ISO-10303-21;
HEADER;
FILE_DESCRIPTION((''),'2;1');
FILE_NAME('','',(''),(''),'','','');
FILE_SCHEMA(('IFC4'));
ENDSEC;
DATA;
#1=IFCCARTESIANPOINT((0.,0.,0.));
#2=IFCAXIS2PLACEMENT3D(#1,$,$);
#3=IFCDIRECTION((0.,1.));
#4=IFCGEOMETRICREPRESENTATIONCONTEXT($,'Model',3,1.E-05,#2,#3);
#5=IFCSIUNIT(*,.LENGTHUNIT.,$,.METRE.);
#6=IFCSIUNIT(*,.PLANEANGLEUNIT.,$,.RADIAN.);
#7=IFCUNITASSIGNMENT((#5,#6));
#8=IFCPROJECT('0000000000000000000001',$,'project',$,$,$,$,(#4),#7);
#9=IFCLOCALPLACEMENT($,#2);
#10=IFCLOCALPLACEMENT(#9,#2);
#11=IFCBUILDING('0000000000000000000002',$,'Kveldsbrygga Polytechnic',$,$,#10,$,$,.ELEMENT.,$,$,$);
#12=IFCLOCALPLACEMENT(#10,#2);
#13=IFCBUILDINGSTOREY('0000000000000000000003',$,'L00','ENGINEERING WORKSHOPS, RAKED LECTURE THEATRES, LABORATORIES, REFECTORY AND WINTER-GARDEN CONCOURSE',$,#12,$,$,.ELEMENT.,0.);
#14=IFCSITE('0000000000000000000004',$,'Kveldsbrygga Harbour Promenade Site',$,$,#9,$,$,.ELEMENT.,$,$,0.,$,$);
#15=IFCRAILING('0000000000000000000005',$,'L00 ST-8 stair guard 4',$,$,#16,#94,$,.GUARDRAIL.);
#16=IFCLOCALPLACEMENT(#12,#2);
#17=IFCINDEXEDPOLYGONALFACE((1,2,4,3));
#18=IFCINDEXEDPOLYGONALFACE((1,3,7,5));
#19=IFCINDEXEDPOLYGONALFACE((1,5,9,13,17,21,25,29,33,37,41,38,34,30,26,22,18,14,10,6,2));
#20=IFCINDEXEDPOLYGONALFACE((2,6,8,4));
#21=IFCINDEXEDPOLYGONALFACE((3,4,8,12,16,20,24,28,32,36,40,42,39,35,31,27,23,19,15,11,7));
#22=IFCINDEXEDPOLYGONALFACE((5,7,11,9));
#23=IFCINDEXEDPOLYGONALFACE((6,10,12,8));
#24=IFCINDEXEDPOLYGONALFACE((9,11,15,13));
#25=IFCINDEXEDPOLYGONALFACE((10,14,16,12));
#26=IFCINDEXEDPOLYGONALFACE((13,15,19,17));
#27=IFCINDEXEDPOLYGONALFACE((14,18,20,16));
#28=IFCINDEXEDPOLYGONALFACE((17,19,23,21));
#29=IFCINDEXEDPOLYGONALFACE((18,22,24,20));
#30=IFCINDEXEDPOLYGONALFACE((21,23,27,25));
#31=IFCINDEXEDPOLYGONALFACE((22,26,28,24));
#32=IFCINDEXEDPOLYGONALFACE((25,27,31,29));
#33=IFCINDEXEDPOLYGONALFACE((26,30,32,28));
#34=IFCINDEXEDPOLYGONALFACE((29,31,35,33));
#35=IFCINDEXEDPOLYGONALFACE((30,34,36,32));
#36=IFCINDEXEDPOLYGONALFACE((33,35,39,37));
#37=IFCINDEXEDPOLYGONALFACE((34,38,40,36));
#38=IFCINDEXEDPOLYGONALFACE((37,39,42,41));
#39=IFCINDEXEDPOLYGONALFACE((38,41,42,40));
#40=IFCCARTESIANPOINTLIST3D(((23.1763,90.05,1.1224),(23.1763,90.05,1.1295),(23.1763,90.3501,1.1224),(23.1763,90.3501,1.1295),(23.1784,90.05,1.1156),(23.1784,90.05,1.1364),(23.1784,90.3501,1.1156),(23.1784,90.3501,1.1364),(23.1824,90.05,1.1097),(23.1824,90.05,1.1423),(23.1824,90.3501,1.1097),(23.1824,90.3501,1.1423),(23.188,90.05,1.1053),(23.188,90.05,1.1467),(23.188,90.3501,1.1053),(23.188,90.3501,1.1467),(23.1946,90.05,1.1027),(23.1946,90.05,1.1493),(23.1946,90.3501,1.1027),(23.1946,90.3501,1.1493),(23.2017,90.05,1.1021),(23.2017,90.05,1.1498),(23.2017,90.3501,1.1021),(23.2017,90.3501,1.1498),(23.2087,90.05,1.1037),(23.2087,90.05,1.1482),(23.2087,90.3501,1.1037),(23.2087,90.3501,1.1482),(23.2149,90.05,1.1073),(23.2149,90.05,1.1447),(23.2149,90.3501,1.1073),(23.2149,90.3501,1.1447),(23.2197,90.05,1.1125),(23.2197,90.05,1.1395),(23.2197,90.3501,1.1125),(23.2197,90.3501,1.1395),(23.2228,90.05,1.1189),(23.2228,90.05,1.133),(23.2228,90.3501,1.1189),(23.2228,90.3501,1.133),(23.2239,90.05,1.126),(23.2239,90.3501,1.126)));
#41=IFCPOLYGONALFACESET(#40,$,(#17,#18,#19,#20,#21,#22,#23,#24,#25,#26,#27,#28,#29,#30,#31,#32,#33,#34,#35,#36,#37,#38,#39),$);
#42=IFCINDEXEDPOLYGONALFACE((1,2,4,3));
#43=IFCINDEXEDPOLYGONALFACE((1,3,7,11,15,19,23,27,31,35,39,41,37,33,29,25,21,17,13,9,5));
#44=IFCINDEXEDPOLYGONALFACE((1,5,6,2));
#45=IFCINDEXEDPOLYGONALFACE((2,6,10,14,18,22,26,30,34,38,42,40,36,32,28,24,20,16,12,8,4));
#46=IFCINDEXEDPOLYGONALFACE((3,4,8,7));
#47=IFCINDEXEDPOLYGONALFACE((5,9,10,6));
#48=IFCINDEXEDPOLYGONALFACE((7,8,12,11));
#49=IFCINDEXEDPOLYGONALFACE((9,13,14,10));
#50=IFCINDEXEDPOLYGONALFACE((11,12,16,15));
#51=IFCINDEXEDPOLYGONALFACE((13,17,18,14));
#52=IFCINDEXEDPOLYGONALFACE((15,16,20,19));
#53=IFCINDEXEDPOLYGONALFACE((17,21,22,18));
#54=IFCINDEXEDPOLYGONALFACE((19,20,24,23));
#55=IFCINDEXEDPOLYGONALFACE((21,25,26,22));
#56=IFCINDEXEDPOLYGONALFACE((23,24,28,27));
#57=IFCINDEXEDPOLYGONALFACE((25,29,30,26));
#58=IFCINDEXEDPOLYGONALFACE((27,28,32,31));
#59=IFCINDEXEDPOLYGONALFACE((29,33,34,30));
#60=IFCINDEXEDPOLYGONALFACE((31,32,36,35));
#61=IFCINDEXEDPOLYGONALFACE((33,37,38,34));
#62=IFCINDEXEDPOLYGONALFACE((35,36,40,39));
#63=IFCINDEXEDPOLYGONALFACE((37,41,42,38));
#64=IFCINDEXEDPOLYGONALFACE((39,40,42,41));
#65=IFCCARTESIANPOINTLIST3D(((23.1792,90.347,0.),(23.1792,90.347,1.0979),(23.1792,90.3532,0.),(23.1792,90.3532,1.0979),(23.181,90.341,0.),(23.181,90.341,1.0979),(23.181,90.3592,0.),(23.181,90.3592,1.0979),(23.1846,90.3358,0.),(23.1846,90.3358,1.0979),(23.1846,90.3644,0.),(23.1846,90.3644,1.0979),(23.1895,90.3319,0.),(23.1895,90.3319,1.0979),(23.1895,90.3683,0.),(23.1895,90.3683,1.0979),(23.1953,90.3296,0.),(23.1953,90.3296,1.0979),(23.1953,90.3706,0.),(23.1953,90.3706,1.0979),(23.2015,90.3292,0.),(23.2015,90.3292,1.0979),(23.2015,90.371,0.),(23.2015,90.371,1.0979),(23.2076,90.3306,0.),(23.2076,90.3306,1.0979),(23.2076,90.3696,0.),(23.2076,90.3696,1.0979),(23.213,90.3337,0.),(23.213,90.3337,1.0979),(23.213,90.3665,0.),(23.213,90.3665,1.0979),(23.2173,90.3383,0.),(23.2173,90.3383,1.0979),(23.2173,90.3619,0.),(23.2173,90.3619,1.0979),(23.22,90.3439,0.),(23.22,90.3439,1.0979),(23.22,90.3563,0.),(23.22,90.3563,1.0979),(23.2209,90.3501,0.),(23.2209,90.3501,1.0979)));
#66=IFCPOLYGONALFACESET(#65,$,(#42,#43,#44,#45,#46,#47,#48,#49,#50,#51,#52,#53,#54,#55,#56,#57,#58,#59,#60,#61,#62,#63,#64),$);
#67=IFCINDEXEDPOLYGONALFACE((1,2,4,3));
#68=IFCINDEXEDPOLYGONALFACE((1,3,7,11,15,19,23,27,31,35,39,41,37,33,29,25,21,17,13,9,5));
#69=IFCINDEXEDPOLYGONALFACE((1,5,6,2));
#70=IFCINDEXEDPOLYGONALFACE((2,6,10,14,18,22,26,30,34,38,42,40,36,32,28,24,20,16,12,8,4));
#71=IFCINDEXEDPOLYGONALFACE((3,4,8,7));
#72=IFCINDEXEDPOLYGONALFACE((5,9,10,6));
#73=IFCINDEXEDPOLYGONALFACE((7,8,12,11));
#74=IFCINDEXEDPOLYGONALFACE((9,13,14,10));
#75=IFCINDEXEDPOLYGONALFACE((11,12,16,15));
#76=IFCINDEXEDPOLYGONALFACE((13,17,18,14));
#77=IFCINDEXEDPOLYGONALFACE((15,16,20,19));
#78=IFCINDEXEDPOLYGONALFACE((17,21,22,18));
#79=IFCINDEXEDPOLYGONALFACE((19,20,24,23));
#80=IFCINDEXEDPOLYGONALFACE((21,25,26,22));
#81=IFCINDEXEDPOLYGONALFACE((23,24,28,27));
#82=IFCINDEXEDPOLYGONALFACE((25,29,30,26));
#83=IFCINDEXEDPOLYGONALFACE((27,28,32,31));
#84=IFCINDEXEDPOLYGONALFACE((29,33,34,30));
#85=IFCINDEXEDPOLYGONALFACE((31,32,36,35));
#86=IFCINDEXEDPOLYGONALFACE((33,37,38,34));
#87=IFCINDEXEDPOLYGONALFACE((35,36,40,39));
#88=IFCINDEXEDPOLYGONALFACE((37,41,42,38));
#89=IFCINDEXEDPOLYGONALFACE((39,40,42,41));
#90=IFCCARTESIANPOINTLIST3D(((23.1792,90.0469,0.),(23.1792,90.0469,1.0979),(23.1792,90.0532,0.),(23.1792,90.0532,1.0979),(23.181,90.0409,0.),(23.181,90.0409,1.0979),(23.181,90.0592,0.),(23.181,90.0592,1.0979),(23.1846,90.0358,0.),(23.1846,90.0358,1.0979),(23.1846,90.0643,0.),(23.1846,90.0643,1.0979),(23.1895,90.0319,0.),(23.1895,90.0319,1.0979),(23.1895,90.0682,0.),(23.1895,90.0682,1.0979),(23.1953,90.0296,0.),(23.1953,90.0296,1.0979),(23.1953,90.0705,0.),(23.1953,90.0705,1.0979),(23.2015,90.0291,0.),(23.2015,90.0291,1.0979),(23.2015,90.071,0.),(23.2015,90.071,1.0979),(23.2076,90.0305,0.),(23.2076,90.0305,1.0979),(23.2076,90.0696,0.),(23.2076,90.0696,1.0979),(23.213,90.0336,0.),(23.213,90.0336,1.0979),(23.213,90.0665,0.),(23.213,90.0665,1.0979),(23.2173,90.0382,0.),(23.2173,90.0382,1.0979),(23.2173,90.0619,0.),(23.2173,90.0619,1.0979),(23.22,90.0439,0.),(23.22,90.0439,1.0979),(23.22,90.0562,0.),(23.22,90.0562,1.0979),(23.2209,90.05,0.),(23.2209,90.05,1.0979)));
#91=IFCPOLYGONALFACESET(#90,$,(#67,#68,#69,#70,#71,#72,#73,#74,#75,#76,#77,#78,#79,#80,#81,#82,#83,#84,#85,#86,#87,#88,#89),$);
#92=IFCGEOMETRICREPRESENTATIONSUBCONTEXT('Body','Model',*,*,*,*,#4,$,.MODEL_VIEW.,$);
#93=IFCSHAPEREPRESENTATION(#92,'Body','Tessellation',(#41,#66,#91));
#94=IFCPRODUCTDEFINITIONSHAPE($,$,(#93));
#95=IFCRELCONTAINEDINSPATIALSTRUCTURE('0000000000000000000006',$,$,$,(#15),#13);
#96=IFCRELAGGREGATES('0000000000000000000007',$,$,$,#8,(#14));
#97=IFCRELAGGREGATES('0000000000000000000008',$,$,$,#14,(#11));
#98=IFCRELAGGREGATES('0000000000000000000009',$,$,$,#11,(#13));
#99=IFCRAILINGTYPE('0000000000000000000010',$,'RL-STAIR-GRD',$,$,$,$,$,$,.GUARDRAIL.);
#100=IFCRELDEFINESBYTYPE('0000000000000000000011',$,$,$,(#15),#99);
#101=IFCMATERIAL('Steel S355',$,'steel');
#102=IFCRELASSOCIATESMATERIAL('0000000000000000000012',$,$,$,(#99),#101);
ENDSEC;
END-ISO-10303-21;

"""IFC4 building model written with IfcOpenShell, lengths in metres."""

from ifc_helpers import new_model, si_unit, direction, frame, origin, origin_2d, place, context, subcontext, project, spatial, circle, extrude, material, type_object, element, save


model = new_model("IFC4")

# Units and contexts
model_context = context("Model", 3, precision=1e-05, world=origin(), true_north=direction((0.0, 1.0)))
body_context = subcontext(model_context, "Body", "Model", "MODEL_VIEW")
ifc_project = project(units=[si_unit("LENGTHUNIT", "METRE"), si_unit("PLANEANGLEUNIT", "RADIAN")], contexts=[model_context])

# Site, building, storey
site_placement = place(None, origin())
site = spatial("IfcSite", under=ifc_project, at=site_placement, Name="Kveldsbrygga Harbour Promenade Site", CompositionType="ELEMENT", RefElevation=0.0)
building_placement = place(site_placement, origin())
building = spatial("IfcBuilding", under=site, at=building_placement, Name="Kveldsbrygga Polytechnic", CompositionType="ELEMENT")
storey_placement = place(building_placement, origin())
storey = spatial("IfcBuildingStorey", under=building, at=storey_placement, Name="L00", Description="ENGINEERING WORKSHOPS, RAKED LECTURE THEATRES, LABORATORIES, REFECTORY AND WINTER-GARDEN CONCOURSE", CompositionType="ELEMENT", Elevation=0.0)

# Shared definitions
ifc_material_1 = material(Name="Steel S355", Category="steel")

# Railing
railing_type_1 = type_object("IfcRailingType", Name="RL-STAIR-GRD", PredefinedType="GUARDRAIL", material=ifc_material_1)
railing_1_placement = place(storey_placement, frame((23.2, 90.3501, 0.0)))
element("IfcRailing", 1, at=railing_1_placement, inside=storey, type_object=railing_type_1, Name="L00 ST-8 stair guard 4", PredefinedType="GUARDRAIL", context=body_context, shape_type="SweptSolid", body=[
    extrude(circle(Radius=0.0239, at=origin_2d()), frame((0.0, 0.0, 1.126), z_axis=(0.0, -1.0, 0.0), x_axis=(1.0, 0.0, 0.0)), (0.0, 0.0, 1.0), 0.3),
    extrude(circle(Radius=0.021, at=origin_2d()), origin(), (0.0, 0.0, 1.0), 1.0979),
    extrude(circle(Radius=0.021, at=origin_2d()), frame((0.0, -0.3, 0.0)), (0.0, 0.0, 1.0), 1.0979),
])

save(model, "model.ifc")
